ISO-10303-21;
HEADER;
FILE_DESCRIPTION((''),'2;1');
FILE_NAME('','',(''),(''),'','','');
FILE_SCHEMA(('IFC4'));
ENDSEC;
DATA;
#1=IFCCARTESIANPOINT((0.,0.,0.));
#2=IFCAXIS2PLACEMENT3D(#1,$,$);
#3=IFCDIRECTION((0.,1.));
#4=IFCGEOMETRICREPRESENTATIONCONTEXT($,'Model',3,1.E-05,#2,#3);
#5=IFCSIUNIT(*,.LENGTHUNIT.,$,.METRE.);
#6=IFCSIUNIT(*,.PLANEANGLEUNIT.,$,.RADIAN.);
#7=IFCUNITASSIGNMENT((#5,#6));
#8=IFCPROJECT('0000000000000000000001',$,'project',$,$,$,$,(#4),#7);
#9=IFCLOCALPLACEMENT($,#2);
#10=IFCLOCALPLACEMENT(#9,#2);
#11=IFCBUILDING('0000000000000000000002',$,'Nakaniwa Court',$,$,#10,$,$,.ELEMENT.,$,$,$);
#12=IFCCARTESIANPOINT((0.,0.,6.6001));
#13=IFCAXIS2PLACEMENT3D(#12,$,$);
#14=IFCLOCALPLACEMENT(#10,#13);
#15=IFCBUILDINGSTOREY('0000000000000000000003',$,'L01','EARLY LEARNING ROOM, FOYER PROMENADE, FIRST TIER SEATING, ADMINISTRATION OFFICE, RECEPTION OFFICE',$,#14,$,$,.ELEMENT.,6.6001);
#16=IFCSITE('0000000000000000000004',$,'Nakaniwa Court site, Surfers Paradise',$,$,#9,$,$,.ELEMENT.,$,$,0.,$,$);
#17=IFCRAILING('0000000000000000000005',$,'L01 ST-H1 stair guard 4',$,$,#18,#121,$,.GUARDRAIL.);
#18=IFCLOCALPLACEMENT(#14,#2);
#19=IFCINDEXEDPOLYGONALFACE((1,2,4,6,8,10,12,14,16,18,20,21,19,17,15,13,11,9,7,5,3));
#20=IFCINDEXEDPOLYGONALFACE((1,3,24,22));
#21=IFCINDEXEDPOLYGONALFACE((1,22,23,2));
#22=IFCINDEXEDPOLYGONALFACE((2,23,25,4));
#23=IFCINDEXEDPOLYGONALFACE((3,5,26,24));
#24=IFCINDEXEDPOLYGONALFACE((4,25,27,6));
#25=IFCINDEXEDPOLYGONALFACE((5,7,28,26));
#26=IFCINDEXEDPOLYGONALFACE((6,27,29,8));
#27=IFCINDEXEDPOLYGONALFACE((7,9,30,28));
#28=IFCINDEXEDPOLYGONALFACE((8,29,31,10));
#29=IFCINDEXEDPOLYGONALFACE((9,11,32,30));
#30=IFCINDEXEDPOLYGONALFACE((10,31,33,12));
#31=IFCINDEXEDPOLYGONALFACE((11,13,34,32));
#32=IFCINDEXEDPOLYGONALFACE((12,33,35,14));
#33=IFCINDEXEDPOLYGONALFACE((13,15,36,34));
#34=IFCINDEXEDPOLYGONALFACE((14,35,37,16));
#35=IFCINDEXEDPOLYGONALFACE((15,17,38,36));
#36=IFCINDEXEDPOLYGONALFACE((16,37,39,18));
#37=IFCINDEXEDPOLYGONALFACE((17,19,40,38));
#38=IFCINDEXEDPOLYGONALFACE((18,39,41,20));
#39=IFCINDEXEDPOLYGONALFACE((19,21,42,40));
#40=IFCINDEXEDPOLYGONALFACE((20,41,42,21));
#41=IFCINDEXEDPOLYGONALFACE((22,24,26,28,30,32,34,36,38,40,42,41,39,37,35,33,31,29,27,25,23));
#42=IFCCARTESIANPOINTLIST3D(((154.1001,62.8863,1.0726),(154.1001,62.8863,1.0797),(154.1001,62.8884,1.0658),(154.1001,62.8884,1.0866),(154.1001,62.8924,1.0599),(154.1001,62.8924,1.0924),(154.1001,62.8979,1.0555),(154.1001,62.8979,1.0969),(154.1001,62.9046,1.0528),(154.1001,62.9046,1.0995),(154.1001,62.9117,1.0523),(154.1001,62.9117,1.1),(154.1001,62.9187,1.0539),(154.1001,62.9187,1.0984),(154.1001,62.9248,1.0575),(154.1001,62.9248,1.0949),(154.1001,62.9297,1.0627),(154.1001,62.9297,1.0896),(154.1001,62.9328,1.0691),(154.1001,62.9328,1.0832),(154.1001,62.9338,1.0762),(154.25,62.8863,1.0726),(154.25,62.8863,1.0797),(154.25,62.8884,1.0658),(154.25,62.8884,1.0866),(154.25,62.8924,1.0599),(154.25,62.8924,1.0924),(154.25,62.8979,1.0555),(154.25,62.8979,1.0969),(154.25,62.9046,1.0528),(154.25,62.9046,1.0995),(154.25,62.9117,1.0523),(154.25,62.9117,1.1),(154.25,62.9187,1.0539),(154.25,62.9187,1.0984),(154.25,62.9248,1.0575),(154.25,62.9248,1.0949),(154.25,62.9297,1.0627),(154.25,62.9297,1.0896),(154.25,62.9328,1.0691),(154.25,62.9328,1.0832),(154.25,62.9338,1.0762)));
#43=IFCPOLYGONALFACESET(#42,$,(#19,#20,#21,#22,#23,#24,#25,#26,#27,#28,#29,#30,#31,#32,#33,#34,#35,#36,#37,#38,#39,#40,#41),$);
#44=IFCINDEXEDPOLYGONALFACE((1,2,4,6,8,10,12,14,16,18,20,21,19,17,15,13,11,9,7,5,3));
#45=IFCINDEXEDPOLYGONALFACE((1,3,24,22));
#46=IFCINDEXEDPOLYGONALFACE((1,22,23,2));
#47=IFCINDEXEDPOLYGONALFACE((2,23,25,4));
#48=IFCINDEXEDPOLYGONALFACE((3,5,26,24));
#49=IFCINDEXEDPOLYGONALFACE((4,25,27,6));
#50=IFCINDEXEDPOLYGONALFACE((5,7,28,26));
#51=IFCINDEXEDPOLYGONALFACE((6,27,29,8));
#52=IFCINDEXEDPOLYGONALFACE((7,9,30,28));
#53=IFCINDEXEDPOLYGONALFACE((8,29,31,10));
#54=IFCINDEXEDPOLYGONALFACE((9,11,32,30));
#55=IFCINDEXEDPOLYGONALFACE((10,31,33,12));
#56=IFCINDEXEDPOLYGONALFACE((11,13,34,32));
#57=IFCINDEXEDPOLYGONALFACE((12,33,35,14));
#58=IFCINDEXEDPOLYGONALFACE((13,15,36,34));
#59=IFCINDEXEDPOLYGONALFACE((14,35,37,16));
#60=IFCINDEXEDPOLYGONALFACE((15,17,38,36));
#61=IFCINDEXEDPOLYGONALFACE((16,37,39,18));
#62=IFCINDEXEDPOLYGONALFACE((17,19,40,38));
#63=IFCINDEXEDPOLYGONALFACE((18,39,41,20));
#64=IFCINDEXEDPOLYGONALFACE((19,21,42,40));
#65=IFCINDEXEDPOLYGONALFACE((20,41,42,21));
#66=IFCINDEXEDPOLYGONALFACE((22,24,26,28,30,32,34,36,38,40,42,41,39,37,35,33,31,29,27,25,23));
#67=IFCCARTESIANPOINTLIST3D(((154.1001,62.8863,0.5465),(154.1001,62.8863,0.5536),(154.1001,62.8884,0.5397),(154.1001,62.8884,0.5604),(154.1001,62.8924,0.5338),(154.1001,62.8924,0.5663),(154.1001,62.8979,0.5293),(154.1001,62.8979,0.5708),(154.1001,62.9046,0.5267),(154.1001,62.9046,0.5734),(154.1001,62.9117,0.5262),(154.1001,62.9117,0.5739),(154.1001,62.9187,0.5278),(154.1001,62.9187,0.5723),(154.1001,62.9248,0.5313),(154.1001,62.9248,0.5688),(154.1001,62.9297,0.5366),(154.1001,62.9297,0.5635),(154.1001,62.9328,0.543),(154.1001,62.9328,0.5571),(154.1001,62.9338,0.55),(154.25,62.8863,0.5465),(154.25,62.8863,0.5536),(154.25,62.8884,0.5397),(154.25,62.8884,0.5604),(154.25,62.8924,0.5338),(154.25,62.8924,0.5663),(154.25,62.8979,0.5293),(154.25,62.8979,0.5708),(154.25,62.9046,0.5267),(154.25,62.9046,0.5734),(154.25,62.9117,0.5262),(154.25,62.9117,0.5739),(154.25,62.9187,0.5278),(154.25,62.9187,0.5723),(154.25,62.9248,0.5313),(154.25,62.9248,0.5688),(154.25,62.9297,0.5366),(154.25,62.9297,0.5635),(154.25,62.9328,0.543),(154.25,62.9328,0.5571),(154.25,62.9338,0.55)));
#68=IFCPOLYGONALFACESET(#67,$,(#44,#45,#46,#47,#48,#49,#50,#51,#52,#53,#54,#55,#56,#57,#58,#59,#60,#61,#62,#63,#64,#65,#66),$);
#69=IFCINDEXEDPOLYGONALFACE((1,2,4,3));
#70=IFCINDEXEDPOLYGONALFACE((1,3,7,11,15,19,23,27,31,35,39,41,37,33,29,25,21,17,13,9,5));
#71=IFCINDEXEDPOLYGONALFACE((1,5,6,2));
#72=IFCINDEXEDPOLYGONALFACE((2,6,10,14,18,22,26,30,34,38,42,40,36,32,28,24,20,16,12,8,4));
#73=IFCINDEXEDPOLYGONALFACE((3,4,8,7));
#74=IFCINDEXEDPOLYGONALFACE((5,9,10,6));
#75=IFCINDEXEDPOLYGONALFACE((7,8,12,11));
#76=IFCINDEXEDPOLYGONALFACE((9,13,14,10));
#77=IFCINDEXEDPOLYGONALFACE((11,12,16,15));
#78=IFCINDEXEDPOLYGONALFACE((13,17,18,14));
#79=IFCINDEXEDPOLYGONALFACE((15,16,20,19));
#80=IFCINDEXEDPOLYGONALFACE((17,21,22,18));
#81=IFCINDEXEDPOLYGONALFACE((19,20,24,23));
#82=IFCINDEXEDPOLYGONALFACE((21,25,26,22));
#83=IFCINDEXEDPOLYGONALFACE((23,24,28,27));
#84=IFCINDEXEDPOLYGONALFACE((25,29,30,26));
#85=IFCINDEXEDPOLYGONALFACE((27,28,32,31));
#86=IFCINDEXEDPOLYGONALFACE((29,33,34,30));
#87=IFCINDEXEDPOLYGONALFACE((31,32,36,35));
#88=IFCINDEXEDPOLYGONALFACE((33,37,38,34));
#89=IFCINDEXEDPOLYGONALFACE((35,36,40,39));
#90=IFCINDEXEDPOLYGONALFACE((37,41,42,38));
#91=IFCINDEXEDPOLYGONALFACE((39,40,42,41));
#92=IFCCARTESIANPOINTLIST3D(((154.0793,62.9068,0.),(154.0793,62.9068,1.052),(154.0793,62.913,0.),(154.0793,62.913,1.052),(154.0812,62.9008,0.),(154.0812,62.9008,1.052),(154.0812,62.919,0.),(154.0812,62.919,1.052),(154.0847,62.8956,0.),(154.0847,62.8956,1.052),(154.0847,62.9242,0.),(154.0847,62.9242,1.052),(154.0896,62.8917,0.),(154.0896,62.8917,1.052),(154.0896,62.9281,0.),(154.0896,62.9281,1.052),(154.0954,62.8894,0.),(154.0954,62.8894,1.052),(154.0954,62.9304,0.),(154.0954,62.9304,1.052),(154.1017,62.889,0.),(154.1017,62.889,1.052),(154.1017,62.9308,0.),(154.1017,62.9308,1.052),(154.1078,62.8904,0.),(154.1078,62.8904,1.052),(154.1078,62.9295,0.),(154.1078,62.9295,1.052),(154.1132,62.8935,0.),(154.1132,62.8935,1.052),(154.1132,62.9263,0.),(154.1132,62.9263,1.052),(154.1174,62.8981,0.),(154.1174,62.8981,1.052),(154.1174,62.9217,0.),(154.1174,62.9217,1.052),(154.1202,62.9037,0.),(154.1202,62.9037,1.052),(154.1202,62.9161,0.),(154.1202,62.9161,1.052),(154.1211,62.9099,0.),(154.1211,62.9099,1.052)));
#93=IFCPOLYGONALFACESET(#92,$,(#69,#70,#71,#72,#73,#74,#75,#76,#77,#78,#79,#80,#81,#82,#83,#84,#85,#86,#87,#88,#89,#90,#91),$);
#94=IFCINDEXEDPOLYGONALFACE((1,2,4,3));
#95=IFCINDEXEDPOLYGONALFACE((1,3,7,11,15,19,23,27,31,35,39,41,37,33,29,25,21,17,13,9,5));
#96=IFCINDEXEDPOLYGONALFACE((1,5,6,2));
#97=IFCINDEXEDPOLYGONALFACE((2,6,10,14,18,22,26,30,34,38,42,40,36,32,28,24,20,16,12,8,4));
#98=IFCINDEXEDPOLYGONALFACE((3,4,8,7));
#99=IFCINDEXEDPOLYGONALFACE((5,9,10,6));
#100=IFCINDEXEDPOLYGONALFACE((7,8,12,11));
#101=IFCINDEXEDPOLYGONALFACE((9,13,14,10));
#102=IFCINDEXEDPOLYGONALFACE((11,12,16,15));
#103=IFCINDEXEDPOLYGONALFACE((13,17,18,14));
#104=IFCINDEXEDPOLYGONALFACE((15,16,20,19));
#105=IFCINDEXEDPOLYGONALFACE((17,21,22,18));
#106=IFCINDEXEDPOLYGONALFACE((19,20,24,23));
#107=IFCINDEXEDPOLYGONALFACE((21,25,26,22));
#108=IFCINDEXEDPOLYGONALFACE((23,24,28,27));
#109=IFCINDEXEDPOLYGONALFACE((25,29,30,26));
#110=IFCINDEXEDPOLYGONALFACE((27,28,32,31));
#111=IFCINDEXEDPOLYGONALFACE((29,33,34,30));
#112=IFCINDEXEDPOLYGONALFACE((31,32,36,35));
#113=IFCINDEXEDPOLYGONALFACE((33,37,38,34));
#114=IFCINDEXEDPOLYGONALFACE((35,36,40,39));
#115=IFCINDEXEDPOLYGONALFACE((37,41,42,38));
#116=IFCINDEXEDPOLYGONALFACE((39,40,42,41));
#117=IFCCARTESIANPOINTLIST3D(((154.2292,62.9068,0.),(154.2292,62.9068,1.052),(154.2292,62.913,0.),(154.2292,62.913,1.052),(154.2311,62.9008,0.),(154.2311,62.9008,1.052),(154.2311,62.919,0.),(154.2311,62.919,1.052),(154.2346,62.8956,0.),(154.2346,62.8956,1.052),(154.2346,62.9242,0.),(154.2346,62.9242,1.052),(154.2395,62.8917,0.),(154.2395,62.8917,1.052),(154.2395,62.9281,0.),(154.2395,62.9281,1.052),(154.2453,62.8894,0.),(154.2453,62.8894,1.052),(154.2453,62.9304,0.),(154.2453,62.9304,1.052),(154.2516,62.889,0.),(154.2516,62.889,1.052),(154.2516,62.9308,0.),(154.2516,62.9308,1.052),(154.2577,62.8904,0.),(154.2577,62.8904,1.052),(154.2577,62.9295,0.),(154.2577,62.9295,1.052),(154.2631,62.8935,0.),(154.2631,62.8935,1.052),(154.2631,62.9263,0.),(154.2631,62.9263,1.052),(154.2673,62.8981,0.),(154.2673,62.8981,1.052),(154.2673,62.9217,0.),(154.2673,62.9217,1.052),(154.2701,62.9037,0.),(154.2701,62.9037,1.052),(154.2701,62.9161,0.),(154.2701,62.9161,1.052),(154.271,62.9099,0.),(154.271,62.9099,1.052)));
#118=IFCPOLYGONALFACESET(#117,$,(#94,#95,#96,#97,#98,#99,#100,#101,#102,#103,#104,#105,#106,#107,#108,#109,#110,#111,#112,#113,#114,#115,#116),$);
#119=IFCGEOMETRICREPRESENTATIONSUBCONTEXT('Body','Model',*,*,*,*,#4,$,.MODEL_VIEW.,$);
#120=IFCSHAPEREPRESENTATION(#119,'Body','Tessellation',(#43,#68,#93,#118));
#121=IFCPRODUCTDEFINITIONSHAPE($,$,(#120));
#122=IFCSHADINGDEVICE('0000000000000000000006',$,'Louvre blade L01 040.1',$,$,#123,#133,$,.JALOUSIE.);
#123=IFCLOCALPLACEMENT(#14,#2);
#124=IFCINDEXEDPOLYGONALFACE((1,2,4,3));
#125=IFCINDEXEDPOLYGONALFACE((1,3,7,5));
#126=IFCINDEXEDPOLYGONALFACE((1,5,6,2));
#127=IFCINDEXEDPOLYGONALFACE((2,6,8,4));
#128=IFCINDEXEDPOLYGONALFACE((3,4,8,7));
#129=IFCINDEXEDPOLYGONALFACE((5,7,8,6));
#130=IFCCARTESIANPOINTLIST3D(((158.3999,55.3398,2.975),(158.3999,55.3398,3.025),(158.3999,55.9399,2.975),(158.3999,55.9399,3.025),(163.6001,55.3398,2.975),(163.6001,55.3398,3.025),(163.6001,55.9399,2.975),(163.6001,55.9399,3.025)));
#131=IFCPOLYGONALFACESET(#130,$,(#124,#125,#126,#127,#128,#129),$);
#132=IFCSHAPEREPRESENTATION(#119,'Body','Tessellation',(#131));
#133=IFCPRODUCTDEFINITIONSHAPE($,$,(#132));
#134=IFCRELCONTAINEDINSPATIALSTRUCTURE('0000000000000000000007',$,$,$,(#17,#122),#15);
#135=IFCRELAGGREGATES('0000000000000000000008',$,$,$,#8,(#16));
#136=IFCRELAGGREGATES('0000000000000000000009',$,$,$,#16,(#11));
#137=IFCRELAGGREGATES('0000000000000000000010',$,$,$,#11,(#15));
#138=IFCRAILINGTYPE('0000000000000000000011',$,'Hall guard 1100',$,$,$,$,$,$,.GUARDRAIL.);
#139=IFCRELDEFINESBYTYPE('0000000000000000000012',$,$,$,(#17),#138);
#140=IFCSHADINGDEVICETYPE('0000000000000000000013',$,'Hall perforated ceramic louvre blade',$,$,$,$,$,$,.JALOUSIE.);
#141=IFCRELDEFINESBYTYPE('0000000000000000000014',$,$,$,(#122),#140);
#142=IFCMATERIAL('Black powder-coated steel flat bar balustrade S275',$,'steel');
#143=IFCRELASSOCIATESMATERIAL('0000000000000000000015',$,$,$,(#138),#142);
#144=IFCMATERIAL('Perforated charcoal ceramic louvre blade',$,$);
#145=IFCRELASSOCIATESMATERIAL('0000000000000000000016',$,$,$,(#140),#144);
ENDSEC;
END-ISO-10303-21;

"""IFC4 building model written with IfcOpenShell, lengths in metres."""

from ifc_helpers import new_model, si_unit, direction, frame, origin, origin_2d, place, context, subcontext, project, spatial, rectangle, circle, extrude, material, material_profile, profile_set, type_object, element, save


model = new_model("IFC4")

# Units and contexts
model_context = context("Model", 3, precision=1e-05, world=origin(), true_north=direction((0.0, 1.0)))
body_context = subcontext(model_context, "Body", "Model", "MODEL_VIEW")
ifc_project = project(units=[si_unit("LENGTHUNIT", "METRE"), si_unit("PLANEANGLEUNIT", "RADIAN")], contexts=[model_context])

# Site, building, storey
site_placement = place(None, origin())
site = spatial("IfcSite", under=ifc_project, at=site_placement, Name="Nakaniwa Court site, Surfers Paradise", CompositionType="ELEMENT", RefElevation=0.0)
building_placement = place(site_placement, origin())
building = spatial("IfcBuilding", under=site, at=building_placement, Name="Nakaniwa Court", CompositionType="ELEMENT")
storey_placement = place(building_placement, frame((0.0, 0.0, 6.6001)))
storey = spatial("IfcBuildingStorey", under=building, at=storey_placement, Name="L01", Description="EARLY LEARNING ROOM, FOYER PROMENADE, FIRST TIER SEATING, ADMINISTRATION OFFICE, RECEPTION OFFICE", CompositionType="ELEMENT", Elevation=6.6001)

# Railing
ifc_material_1 = material(Name="Black powder-coated steel flat bar balustrade S275", Category="steel")
railing_type_1 = type_object("IfcRailingType", Name="Hall guard 1100", PredefinedType="GUARDRAIL", material=ifc_material_1)
railing_1_placement = place(storey_placement, frame((154.1001, 62.9099, 0.0)))
element("IfcRailing", 1, at=railing_1_placement, inside=storey, type_object=railing_type_1, Name="L01 ST-H1 stair guard 4", PredefinedType="GUARDRAIL", context=body_context, shape_type="SweptSolid", body=[
    extrude(circle(Radius=0.0239, at=origin_2d()), frame((0.0, 0.0, 1.0762), z_axis=(1.0, 0.0, 0.0), x_axis=(0.0, 1.0, 0.0)), (0.0, 0.0, 1.0), 0.1499),
    extrude(circle(Radius=0.0239, at=origin_2d()), frame((0.0, 0.0, 0.55), z_axis=(1.0, 0.0, 0.0), x_axis=(0.0, 1.0, 0.0)), (0.0, 0.0, 1.0), 0.1499),
    extrude(circle(Radius=0.021, at=origin_2d()), origin(), (0.0, 0.0, 1.0), 1.052),
    extrude(circle(Radius=0.021, at=origin_2d()), frame((0.1499, 0.0, 0.0)), (0.0, 0.0, 1.0), 1.052),
])

# Shading device
ifc_material_2 = material(Name="Perforated charcoal ceramic louvre blade")
ifc_material_profile_1 = material_profile(ifc_material_2, rectangle(XDim=0.6001, YDim=0.05, at=origin_2d()), Name="Hall perforated ceramic louvre blade")
ifc_profile_set_1 = profile_set([ifc_material_profile_1], Name="Perforated charcoal ceramic louvre blade")
shading_device_type = type_object("IfcShadingDeviceType", Name="Hall perforated ceramic louvre blade", PredefinedType="JALOUSIE", material=ifc_profile_set_1)
shading_device_placement = place(storey_placement, frame((163.6001, 55.6399, 3.0), z_axis=(-1.0, 0.0, 0.0), x_axis=(0.0, -1.0, 0.0)))
element("IfcShadingDevice", 2, at=shading_device_placement, inside=storey, type_object=shading_device_type, Name="Louvre blade L01 040.1", PredefinedType="JALOUSIE", context=body_context, shape_type="SweptSolid", body=[
    extrude(rectangle(XDim=0.6001, YDim=0.05, at=origin_2d()), origin(), (0.0, 0.0, 1.0), 5.2002),
])

save(model, "model.ifc")
